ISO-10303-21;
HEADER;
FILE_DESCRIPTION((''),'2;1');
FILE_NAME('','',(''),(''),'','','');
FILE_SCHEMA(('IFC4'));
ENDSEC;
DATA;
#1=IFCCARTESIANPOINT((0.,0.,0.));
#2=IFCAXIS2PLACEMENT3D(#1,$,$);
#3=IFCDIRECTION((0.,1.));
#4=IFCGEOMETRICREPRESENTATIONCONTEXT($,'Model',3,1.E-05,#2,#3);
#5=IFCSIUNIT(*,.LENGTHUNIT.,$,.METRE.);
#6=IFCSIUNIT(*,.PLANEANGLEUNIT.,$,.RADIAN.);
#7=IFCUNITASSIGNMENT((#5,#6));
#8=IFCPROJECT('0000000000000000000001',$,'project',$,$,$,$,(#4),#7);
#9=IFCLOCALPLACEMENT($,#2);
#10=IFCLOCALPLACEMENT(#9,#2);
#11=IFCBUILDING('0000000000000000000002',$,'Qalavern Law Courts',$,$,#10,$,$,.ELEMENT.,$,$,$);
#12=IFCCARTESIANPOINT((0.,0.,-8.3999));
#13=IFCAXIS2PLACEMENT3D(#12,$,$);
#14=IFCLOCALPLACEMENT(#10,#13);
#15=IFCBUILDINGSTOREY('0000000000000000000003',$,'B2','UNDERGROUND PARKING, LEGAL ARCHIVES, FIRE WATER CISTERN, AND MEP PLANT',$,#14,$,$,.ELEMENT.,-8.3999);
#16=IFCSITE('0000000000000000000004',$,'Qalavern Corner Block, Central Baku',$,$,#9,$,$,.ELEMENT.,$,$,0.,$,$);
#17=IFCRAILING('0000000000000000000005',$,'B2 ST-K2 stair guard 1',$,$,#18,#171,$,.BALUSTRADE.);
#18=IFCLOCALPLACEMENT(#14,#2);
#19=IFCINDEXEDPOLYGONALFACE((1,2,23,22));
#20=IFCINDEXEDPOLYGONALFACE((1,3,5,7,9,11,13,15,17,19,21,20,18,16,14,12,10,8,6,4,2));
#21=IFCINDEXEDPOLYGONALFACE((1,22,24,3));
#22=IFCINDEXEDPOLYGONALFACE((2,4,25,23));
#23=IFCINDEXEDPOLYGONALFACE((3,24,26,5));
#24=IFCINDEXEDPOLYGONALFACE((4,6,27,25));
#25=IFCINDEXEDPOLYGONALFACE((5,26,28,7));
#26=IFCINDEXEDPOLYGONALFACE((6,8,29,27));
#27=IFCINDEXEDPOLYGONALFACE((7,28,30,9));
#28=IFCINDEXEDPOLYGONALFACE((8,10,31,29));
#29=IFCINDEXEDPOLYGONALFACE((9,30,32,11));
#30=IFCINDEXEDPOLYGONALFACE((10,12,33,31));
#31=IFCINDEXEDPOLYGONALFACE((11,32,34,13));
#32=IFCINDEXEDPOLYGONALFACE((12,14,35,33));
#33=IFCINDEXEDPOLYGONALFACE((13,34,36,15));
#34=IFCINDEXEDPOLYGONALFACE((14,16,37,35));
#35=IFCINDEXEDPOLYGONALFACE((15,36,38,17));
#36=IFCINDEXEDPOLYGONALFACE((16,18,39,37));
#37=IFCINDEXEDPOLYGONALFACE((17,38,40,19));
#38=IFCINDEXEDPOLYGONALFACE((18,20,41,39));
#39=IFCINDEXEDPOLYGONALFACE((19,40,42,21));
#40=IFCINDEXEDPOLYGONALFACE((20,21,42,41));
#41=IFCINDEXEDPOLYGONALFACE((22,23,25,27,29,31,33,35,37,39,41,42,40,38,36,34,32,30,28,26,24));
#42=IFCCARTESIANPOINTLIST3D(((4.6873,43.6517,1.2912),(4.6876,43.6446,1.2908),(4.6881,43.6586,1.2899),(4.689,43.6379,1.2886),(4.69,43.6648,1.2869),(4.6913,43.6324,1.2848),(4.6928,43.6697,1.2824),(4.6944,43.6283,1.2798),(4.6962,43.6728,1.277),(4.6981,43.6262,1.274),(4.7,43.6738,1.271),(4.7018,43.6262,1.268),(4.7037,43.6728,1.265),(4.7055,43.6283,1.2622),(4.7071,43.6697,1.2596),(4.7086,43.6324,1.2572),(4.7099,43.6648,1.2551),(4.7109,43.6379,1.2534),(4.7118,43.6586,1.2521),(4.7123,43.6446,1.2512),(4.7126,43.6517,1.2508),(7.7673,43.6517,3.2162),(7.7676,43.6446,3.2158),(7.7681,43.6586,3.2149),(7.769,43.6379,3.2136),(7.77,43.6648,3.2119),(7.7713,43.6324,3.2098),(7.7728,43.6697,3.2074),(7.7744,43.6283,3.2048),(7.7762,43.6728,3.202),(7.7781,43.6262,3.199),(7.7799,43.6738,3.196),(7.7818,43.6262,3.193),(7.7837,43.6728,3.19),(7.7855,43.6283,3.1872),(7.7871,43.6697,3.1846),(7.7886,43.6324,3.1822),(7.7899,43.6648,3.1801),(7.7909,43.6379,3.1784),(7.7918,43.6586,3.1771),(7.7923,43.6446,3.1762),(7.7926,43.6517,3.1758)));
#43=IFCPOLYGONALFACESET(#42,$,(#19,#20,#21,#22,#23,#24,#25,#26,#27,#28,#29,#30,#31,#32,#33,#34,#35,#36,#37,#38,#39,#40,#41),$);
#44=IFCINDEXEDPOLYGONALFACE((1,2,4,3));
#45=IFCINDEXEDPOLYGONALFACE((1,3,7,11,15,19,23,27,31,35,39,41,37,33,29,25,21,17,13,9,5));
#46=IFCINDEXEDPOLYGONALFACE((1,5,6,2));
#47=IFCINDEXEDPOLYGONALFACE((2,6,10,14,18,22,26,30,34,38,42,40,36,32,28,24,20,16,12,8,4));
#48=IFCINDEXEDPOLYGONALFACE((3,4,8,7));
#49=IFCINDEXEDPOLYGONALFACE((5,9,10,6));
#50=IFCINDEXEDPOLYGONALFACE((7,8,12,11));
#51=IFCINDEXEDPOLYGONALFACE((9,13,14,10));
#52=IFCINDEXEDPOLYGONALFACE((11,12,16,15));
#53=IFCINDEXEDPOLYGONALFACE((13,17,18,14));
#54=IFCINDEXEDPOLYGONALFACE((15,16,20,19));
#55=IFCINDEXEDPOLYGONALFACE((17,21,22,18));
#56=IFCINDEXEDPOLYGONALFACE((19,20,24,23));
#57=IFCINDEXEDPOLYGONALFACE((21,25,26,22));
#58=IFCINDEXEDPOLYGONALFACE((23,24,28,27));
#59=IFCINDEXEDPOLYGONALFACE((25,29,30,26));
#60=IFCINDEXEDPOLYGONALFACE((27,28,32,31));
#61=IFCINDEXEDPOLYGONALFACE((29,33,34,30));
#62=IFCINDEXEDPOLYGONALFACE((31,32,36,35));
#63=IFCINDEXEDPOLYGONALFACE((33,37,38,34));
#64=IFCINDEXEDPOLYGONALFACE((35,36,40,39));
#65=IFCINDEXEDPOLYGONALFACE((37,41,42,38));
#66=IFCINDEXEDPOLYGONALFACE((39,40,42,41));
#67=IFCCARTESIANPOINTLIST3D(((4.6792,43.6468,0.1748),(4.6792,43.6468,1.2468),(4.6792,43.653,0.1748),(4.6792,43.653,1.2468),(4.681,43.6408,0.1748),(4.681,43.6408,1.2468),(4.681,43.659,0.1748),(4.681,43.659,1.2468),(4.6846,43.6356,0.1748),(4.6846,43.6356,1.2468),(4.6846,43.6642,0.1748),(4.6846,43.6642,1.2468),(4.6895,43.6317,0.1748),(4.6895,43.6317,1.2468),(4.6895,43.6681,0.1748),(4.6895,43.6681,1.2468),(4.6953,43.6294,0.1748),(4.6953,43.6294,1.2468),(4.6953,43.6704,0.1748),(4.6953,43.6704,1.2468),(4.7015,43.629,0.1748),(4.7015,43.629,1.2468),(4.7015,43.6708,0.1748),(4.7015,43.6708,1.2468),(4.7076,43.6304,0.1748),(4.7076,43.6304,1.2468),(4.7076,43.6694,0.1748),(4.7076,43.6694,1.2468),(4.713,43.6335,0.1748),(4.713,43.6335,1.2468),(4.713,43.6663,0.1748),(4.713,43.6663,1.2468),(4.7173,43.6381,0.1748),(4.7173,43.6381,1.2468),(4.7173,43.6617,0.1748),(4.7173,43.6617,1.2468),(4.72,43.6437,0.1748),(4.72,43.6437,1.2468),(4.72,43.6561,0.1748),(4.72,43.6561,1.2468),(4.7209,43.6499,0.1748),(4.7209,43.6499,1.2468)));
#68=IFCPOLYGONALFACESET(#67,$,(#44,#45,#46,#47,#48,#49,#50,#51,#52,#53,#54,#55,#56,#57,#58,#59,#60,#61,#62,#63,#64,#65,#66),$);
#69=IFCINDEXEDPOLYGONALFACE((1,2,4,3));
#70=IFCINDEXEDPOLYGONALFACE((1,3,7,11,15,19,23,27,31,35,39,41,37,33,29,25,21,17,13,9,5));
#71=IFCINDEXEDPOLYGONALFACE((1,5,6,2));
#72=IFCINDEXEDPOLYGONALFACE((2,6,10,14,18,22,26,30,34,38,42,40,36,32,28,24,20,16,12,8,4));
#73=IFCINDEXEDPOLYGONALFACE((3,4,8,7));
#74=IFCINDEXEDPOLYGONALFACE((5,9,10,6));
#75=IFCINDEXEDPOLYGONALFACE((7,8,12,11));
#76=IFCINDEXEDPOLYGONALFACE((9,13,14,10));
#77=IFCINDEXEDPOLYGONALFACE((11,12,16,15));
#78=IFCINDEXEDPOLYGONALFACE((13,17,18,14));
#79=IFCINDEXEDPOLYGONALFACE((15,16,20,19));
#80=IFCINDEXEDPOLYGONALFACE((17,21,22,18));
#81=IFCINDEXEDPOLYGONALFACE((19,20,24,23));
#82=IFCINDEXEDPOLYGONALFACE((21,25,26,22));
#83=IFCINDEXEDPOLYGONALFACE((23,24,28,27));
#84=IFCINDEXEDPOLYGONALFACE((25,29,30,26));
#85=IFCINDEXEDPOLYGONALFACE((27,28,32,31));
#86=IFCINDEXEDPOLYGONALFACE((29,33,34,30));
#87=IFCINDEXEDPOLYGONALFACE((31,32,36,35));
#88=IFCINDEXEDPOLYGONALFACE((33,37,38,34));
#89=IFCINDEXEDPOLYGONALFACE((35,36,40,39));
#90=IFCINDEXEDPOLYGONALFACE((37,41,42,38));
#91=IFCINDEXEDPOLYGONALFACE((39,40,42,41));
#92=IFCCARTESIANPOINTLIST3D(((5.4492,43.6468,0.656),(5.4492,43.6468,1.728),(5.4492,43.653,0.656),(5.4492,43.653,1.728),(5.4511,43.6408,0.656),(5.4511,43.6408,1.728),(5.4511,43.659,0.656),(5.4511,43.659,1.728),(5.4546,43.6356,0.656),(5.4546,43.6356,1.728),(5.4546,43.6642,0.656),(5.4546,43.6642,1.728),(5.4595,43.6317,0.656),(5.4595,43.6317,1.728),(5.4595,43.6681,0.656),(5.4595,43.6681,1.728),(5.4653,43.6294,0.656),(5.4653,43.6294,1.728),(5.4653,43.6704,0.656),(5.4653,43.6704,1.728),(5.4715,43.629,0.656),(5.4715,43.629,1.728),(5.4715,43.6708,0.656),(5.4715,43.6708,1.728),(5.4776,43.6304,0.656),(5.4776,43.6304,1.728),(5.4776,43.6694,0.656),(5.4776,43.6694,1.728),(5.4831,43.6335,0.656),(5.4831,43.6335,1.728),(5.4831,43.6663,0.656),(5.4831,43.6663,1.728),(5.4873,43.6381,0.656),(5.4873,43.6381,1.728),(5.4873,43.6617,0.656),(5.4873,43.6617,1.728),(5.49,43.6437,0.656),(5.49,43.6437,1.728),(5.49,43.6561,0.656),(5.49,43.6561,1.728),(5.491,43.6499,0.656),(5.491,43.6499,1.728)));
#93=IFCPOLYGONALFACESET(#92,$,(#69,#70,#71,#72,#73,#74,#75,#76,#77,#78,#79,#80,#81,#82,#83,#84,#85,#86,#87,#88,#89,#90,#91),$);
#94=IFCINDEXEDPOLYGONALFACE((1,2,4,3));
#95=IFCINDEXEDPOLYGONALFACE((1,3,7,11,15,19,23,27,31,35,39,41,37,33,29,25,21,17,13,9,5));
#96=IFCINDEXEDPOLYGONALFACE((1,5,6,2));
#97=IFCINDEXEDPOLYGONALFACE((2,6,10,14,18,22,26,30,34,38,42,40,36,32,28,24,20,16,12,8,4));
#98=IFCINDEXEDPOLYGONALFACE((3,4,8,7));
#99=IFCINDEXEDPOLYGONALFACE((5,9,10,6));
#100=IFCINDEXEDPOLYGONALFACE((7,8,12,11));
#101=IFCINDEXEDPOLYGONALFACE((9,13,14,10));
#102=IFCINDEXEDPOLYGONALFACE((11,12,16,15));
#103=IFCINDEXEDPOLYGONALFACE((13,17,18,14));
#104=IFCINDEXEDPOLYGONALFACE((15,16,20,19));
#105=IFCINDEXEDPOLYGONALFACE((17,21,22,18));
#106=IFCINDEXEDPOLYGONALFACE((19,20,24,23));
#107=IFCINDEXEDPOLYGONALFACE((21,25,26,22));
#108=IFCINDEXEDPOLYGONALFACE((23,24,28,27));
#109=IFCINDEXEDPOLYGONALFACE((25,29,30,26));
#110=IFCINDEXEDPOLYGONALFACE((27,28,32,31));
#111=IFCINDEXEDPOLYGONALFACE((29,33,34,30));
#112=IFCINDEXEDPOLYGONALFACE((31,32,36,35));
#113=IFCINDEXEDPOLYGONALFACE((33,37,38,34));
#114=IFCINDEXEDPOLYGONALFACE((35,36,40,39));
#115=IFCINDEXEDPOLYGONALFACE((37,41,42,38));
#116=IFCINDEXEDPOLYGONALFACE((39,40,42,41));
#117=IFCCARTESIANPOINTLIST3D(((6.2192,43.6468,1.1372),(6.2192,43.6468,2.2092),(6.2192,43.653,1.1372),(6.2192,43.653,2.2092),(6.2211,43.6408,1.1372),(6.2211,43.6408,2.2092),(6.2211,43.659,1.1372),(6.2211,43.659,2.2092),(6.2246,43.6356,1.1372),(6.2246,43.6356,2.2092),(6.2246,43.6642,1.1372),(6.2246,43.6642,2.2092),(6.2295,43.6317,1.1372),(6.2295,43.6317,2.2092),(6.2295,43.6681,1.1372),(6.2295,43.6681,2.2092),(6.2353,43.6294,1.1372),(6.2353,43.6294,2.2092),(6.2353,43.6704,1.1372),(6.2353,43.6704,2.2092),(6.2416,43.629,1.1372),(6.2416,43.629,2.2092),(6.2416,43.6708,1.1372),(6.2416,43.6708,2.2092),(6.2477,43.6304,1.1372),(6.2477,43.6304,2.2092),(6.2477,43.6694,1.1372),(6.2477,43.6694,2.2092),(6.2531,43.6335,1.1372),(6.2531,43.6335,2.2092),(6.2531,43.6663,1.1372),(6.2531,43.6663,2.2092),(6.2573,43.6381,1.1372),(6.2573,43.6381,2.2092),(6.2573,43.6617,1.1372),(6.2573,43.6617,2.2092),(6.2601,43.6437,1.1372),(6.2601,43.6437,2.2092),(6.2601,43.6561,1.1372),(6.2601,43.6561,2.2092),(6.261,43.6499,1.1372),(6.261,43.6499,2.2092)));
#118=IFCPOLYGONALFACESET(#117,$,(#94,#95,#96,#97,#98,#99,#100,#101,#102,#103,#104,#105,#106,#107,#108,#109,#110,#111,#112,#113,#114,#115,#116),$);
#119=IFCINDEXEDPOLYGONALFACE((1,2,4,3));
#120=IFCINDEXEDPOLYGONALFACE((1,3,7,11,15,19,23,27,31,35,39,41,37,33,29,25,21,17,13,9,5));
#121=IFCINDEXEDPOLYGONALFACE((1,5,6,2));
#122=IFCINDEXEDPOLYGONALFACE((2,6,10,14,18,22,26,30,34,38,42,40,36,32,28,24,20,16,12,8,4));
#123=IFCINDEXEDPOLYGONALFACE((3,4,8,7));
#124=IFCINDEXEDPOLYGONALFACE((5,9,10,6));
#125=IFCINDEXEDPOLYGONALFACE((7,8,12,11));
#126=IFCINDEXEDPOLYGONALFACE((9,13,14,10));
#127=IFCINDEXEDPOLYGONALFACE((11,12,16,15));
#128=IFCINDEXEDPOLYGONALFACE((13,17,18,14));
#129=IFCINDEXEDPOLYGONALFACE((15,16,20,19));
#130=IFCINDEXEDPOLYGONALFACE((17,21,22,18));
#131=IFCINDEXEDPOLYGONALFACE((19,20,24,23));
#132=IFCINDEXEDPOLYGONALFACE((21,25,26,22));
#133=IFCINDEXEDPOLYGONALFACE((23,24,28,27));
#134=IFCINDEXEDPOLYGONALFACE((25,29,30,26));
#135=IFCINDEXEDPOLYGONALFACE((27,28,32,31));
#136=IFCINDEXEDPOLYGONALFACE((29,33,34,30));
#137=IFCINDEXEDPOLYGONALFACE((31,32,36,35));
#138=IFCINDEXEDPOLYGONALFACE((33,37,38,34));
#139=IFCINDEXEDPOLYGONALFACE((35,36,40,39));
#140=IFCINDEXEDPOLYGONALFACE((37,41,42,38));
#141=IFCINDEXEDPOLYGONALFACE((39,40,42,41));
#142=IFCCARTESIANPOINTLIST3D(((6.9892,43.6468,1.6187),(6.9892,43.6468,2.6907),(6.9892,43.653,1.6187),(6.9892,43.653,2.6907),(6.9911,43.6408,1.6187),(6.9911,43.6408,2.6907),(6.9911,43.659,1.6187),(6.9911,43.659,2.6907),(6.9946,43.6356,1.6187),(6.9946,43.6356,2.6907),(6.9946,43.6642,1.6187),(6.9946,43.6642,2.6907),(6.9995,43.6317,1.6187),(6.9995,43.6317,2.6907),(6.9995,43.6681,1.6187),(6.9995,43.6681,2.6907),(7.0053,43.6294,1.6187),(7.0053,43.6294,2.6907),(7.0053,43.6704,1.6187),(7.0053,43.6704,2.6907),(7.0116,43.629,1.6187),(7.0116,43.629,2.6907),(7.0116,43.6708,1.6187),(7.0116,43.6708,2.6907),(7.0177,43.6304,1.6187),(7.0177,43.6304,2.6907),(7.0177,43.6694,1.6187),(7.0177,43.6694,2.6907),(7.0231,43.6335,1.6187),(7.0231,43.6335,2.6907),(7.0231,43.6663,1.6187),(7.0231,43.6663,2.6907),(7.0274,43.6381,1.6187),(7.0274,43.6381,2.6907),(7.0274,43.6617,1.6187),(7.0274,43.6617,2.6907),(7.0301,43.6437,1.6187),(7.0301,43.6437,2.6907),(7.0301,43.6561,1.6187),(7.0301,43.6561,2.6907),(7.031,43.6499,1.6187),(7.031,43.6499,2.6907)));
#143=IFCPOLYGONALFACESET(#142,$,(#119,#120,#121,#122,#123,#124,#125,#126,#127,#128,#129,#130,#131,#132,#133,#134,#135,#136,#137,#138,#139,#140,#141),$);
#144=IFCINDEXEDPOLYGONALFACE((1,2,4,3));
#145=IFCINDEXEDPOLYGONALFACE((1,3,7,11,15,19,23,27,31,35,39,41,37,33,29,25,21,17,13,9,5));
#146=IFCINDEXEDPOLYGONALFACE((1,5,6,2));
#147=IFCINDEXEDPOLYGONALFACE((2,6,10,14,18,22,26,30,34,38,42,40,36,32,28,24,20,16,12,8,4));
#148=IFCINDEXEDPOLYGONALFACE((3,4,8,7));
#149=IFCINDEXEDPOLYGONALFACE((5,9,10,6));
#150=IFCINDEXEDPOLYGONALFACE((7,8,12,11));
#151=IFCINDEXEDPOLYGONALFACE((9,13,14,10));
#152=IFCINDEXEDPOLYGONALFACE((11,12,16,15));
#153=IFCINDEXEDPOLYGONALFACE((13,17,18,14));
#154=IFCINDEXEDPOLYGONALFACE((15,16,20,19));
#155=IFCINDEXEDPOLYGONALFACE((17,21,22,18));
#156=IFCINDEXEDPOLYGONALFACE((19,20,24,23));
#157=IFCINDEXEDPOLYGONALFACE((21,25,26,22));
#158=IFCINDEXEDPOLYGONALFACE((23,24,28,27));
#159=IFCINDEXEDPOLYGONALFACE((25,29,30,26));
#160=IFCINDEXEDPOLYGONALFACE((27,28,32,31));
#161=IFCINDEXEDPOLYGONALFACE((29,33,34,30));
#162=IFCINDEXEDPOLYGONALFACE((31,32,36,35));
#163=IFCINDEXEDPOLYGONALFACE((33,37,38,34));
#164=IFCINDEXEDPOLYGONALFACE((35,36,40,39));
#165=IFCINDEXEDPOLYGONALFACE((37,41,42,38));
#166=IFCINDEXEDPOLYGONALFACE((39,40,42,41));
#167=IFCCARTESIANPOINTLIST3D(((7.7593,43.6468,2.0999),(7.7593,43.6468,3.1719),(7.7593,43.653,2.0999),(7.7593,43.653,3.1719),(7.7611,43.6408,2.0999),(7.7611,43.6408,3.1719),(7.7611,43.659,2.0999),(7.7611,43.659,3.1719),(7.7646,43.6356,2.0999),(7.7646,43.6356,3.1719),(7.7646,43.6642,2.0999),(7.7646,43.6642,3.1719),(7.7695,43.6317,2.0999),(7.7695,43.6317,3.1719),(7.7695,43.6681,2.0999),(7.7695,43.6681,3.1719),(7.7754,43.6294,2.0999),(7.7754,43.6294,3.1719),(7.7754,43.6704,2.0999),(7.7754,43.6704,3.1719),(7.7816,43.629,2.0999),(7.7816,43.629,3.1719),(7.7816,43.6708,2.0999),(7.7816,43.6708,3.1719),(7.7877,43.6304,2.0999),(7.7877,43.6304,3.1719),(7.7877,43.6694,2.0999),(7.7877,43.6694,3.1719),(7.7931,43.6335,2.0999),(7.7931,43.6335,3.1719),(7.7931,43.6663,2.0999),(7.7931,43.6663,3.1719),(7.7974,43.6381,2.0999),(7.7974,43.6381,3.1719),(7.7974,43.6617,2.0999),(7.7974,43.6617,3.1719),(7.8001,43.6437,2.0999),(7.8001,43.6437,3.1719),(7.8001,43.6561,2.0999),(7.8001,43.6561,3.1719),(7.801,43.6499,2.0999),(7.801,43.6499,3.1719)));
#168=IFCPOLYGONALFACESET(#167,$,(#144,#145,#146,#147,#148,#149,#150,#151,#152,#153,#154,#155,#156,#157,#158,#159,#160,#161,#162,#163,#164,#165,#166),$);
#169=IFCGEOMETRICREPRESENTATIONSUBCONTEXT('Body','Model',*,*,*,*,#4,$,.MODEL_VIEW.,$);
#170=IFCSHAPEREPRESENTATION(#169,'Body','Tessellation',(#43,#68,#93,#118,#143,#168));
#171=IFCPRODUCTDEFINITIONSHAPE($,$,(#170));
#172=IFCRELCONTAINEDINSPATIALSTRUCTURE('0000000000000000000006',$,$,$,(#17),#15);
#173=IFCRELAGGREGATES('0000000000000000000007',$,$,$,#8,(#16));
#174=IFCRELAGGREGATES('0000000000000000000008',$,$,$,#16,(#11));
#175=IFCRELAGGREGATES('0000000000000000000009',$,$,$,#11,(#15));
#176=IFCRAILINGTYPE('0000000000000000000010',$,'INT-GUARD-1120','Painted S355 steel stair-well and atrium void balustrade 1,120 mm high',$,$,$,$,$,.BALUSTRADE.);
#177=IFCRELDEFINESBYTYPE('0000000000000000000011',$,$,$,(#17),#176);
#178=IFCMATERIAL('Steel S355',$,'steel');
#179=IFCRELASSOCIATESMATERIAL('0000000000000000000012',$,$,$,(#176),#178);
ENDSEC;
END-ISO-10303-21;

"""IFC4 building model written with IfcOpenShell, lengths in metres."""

from ifc_helpers import new_model, si_unit, direction, frame, origin, origin_2d, place, context, subcontext, project, spatial, circle, extrude, material, type_object, element, save


model = new_model("IFC4")

# Units and contexts
model_context = context("Model", 3, precision=1e-05, world=origin(), true_north=direction((0.0, 1.0)))
body_context = subcontext(model_context, "Body", "Model", "MODEL_VIEW")
ifc_project = project(units=[si_unit("LENGTHUNIT", "METRE"), si_unit("PLANEANGLEUNIT", "RADIAN")], contexts=[model_context])

# Site, building, storey
site_placement = place(None, origin())
site = spatial("IfcSite", under=ifc_project, at=site_placement, Name="Qalavern Corner Block, Central Baku", CompositionType="ELEMENT", RefElevation=0.0)
building_placement = place(site_placement, origin())
building = spatial("IfcBuilding", under=site, at=building_placement, Name="Qalavern Law Courts", CompositionType="ELEMENT")
storey_placement = place(building_placement, frame((0.0, 0.0, -8.3999)))
storey = spatial("IfcBuildingStorey", under=building, at=storey_placement, Name="B2", Description="UNDERGROUND PARKING, LEGAL ARCHIVES, FIRE WATER CISTERN, AND MEP PLANT", CompositionType="ELEMENT", Elevation=-8.3999)

# Railing
ifc_material_1 = material(Name="Steel S355", Category="steel")
railing_type_1 = type_object("IfcRailingType", Name="INT-GUARD-1120", Description="Painted S355 steel stair-well and atrium void balustrade 1,120 mm high", PredefinedType="BALUSTRADE", material=ifc_material_1)
railing_1_placement = place(storey_placement, frame((4.7, 43.6499, 0.1748)))
element("IfcRailing", 1, at=railing_1_placement, inside=storey, type_object=railing_type_1, Name="B2 ST-K2 stair guard 1", PredefinedType="BALUSTRADE", context=body_context, shape_type="SweptSolid", body=[
    extrude(circle(Radius=0.0239, at=origin_2d()), frame((0.0, 0.0, 1.0962), z_axis=(0.847998, 0.0, 0.529999), x_axis=(0.0, 1.0, 0.0)), (0.0, 0.0, 1.0), 3.6321),
    extrude(circle(Radius=0.021, at=origin_2d()), origin(), (0.0, 0.0, 1.0), 1.072),
    extrude(circle(Radius=0.021, at=origin_2d()), frame((0.77, 0.0, 0.4812)), (0.0, 0.0, 1.0), 1.072),
    extrude(circle(Radius=0.021, at=origin_2d()), frame((1.54, 0.0, 0.9624)), (0.0, 0.0, 1.0), 1.072),
    extrude(circle(Radius=0.021, at=origin_2d()), frame((2.3101, 0.0, 1.4438)), (0.0, 0.0, 1.0), 1.072),
    extrude(circle(Radius=0.021, at=origin_2d()), frame((3.0801, 0.0, 1.925)), (0.0, 0.0, 1.0), 1.072),
])

save(model, "model.ifc")
